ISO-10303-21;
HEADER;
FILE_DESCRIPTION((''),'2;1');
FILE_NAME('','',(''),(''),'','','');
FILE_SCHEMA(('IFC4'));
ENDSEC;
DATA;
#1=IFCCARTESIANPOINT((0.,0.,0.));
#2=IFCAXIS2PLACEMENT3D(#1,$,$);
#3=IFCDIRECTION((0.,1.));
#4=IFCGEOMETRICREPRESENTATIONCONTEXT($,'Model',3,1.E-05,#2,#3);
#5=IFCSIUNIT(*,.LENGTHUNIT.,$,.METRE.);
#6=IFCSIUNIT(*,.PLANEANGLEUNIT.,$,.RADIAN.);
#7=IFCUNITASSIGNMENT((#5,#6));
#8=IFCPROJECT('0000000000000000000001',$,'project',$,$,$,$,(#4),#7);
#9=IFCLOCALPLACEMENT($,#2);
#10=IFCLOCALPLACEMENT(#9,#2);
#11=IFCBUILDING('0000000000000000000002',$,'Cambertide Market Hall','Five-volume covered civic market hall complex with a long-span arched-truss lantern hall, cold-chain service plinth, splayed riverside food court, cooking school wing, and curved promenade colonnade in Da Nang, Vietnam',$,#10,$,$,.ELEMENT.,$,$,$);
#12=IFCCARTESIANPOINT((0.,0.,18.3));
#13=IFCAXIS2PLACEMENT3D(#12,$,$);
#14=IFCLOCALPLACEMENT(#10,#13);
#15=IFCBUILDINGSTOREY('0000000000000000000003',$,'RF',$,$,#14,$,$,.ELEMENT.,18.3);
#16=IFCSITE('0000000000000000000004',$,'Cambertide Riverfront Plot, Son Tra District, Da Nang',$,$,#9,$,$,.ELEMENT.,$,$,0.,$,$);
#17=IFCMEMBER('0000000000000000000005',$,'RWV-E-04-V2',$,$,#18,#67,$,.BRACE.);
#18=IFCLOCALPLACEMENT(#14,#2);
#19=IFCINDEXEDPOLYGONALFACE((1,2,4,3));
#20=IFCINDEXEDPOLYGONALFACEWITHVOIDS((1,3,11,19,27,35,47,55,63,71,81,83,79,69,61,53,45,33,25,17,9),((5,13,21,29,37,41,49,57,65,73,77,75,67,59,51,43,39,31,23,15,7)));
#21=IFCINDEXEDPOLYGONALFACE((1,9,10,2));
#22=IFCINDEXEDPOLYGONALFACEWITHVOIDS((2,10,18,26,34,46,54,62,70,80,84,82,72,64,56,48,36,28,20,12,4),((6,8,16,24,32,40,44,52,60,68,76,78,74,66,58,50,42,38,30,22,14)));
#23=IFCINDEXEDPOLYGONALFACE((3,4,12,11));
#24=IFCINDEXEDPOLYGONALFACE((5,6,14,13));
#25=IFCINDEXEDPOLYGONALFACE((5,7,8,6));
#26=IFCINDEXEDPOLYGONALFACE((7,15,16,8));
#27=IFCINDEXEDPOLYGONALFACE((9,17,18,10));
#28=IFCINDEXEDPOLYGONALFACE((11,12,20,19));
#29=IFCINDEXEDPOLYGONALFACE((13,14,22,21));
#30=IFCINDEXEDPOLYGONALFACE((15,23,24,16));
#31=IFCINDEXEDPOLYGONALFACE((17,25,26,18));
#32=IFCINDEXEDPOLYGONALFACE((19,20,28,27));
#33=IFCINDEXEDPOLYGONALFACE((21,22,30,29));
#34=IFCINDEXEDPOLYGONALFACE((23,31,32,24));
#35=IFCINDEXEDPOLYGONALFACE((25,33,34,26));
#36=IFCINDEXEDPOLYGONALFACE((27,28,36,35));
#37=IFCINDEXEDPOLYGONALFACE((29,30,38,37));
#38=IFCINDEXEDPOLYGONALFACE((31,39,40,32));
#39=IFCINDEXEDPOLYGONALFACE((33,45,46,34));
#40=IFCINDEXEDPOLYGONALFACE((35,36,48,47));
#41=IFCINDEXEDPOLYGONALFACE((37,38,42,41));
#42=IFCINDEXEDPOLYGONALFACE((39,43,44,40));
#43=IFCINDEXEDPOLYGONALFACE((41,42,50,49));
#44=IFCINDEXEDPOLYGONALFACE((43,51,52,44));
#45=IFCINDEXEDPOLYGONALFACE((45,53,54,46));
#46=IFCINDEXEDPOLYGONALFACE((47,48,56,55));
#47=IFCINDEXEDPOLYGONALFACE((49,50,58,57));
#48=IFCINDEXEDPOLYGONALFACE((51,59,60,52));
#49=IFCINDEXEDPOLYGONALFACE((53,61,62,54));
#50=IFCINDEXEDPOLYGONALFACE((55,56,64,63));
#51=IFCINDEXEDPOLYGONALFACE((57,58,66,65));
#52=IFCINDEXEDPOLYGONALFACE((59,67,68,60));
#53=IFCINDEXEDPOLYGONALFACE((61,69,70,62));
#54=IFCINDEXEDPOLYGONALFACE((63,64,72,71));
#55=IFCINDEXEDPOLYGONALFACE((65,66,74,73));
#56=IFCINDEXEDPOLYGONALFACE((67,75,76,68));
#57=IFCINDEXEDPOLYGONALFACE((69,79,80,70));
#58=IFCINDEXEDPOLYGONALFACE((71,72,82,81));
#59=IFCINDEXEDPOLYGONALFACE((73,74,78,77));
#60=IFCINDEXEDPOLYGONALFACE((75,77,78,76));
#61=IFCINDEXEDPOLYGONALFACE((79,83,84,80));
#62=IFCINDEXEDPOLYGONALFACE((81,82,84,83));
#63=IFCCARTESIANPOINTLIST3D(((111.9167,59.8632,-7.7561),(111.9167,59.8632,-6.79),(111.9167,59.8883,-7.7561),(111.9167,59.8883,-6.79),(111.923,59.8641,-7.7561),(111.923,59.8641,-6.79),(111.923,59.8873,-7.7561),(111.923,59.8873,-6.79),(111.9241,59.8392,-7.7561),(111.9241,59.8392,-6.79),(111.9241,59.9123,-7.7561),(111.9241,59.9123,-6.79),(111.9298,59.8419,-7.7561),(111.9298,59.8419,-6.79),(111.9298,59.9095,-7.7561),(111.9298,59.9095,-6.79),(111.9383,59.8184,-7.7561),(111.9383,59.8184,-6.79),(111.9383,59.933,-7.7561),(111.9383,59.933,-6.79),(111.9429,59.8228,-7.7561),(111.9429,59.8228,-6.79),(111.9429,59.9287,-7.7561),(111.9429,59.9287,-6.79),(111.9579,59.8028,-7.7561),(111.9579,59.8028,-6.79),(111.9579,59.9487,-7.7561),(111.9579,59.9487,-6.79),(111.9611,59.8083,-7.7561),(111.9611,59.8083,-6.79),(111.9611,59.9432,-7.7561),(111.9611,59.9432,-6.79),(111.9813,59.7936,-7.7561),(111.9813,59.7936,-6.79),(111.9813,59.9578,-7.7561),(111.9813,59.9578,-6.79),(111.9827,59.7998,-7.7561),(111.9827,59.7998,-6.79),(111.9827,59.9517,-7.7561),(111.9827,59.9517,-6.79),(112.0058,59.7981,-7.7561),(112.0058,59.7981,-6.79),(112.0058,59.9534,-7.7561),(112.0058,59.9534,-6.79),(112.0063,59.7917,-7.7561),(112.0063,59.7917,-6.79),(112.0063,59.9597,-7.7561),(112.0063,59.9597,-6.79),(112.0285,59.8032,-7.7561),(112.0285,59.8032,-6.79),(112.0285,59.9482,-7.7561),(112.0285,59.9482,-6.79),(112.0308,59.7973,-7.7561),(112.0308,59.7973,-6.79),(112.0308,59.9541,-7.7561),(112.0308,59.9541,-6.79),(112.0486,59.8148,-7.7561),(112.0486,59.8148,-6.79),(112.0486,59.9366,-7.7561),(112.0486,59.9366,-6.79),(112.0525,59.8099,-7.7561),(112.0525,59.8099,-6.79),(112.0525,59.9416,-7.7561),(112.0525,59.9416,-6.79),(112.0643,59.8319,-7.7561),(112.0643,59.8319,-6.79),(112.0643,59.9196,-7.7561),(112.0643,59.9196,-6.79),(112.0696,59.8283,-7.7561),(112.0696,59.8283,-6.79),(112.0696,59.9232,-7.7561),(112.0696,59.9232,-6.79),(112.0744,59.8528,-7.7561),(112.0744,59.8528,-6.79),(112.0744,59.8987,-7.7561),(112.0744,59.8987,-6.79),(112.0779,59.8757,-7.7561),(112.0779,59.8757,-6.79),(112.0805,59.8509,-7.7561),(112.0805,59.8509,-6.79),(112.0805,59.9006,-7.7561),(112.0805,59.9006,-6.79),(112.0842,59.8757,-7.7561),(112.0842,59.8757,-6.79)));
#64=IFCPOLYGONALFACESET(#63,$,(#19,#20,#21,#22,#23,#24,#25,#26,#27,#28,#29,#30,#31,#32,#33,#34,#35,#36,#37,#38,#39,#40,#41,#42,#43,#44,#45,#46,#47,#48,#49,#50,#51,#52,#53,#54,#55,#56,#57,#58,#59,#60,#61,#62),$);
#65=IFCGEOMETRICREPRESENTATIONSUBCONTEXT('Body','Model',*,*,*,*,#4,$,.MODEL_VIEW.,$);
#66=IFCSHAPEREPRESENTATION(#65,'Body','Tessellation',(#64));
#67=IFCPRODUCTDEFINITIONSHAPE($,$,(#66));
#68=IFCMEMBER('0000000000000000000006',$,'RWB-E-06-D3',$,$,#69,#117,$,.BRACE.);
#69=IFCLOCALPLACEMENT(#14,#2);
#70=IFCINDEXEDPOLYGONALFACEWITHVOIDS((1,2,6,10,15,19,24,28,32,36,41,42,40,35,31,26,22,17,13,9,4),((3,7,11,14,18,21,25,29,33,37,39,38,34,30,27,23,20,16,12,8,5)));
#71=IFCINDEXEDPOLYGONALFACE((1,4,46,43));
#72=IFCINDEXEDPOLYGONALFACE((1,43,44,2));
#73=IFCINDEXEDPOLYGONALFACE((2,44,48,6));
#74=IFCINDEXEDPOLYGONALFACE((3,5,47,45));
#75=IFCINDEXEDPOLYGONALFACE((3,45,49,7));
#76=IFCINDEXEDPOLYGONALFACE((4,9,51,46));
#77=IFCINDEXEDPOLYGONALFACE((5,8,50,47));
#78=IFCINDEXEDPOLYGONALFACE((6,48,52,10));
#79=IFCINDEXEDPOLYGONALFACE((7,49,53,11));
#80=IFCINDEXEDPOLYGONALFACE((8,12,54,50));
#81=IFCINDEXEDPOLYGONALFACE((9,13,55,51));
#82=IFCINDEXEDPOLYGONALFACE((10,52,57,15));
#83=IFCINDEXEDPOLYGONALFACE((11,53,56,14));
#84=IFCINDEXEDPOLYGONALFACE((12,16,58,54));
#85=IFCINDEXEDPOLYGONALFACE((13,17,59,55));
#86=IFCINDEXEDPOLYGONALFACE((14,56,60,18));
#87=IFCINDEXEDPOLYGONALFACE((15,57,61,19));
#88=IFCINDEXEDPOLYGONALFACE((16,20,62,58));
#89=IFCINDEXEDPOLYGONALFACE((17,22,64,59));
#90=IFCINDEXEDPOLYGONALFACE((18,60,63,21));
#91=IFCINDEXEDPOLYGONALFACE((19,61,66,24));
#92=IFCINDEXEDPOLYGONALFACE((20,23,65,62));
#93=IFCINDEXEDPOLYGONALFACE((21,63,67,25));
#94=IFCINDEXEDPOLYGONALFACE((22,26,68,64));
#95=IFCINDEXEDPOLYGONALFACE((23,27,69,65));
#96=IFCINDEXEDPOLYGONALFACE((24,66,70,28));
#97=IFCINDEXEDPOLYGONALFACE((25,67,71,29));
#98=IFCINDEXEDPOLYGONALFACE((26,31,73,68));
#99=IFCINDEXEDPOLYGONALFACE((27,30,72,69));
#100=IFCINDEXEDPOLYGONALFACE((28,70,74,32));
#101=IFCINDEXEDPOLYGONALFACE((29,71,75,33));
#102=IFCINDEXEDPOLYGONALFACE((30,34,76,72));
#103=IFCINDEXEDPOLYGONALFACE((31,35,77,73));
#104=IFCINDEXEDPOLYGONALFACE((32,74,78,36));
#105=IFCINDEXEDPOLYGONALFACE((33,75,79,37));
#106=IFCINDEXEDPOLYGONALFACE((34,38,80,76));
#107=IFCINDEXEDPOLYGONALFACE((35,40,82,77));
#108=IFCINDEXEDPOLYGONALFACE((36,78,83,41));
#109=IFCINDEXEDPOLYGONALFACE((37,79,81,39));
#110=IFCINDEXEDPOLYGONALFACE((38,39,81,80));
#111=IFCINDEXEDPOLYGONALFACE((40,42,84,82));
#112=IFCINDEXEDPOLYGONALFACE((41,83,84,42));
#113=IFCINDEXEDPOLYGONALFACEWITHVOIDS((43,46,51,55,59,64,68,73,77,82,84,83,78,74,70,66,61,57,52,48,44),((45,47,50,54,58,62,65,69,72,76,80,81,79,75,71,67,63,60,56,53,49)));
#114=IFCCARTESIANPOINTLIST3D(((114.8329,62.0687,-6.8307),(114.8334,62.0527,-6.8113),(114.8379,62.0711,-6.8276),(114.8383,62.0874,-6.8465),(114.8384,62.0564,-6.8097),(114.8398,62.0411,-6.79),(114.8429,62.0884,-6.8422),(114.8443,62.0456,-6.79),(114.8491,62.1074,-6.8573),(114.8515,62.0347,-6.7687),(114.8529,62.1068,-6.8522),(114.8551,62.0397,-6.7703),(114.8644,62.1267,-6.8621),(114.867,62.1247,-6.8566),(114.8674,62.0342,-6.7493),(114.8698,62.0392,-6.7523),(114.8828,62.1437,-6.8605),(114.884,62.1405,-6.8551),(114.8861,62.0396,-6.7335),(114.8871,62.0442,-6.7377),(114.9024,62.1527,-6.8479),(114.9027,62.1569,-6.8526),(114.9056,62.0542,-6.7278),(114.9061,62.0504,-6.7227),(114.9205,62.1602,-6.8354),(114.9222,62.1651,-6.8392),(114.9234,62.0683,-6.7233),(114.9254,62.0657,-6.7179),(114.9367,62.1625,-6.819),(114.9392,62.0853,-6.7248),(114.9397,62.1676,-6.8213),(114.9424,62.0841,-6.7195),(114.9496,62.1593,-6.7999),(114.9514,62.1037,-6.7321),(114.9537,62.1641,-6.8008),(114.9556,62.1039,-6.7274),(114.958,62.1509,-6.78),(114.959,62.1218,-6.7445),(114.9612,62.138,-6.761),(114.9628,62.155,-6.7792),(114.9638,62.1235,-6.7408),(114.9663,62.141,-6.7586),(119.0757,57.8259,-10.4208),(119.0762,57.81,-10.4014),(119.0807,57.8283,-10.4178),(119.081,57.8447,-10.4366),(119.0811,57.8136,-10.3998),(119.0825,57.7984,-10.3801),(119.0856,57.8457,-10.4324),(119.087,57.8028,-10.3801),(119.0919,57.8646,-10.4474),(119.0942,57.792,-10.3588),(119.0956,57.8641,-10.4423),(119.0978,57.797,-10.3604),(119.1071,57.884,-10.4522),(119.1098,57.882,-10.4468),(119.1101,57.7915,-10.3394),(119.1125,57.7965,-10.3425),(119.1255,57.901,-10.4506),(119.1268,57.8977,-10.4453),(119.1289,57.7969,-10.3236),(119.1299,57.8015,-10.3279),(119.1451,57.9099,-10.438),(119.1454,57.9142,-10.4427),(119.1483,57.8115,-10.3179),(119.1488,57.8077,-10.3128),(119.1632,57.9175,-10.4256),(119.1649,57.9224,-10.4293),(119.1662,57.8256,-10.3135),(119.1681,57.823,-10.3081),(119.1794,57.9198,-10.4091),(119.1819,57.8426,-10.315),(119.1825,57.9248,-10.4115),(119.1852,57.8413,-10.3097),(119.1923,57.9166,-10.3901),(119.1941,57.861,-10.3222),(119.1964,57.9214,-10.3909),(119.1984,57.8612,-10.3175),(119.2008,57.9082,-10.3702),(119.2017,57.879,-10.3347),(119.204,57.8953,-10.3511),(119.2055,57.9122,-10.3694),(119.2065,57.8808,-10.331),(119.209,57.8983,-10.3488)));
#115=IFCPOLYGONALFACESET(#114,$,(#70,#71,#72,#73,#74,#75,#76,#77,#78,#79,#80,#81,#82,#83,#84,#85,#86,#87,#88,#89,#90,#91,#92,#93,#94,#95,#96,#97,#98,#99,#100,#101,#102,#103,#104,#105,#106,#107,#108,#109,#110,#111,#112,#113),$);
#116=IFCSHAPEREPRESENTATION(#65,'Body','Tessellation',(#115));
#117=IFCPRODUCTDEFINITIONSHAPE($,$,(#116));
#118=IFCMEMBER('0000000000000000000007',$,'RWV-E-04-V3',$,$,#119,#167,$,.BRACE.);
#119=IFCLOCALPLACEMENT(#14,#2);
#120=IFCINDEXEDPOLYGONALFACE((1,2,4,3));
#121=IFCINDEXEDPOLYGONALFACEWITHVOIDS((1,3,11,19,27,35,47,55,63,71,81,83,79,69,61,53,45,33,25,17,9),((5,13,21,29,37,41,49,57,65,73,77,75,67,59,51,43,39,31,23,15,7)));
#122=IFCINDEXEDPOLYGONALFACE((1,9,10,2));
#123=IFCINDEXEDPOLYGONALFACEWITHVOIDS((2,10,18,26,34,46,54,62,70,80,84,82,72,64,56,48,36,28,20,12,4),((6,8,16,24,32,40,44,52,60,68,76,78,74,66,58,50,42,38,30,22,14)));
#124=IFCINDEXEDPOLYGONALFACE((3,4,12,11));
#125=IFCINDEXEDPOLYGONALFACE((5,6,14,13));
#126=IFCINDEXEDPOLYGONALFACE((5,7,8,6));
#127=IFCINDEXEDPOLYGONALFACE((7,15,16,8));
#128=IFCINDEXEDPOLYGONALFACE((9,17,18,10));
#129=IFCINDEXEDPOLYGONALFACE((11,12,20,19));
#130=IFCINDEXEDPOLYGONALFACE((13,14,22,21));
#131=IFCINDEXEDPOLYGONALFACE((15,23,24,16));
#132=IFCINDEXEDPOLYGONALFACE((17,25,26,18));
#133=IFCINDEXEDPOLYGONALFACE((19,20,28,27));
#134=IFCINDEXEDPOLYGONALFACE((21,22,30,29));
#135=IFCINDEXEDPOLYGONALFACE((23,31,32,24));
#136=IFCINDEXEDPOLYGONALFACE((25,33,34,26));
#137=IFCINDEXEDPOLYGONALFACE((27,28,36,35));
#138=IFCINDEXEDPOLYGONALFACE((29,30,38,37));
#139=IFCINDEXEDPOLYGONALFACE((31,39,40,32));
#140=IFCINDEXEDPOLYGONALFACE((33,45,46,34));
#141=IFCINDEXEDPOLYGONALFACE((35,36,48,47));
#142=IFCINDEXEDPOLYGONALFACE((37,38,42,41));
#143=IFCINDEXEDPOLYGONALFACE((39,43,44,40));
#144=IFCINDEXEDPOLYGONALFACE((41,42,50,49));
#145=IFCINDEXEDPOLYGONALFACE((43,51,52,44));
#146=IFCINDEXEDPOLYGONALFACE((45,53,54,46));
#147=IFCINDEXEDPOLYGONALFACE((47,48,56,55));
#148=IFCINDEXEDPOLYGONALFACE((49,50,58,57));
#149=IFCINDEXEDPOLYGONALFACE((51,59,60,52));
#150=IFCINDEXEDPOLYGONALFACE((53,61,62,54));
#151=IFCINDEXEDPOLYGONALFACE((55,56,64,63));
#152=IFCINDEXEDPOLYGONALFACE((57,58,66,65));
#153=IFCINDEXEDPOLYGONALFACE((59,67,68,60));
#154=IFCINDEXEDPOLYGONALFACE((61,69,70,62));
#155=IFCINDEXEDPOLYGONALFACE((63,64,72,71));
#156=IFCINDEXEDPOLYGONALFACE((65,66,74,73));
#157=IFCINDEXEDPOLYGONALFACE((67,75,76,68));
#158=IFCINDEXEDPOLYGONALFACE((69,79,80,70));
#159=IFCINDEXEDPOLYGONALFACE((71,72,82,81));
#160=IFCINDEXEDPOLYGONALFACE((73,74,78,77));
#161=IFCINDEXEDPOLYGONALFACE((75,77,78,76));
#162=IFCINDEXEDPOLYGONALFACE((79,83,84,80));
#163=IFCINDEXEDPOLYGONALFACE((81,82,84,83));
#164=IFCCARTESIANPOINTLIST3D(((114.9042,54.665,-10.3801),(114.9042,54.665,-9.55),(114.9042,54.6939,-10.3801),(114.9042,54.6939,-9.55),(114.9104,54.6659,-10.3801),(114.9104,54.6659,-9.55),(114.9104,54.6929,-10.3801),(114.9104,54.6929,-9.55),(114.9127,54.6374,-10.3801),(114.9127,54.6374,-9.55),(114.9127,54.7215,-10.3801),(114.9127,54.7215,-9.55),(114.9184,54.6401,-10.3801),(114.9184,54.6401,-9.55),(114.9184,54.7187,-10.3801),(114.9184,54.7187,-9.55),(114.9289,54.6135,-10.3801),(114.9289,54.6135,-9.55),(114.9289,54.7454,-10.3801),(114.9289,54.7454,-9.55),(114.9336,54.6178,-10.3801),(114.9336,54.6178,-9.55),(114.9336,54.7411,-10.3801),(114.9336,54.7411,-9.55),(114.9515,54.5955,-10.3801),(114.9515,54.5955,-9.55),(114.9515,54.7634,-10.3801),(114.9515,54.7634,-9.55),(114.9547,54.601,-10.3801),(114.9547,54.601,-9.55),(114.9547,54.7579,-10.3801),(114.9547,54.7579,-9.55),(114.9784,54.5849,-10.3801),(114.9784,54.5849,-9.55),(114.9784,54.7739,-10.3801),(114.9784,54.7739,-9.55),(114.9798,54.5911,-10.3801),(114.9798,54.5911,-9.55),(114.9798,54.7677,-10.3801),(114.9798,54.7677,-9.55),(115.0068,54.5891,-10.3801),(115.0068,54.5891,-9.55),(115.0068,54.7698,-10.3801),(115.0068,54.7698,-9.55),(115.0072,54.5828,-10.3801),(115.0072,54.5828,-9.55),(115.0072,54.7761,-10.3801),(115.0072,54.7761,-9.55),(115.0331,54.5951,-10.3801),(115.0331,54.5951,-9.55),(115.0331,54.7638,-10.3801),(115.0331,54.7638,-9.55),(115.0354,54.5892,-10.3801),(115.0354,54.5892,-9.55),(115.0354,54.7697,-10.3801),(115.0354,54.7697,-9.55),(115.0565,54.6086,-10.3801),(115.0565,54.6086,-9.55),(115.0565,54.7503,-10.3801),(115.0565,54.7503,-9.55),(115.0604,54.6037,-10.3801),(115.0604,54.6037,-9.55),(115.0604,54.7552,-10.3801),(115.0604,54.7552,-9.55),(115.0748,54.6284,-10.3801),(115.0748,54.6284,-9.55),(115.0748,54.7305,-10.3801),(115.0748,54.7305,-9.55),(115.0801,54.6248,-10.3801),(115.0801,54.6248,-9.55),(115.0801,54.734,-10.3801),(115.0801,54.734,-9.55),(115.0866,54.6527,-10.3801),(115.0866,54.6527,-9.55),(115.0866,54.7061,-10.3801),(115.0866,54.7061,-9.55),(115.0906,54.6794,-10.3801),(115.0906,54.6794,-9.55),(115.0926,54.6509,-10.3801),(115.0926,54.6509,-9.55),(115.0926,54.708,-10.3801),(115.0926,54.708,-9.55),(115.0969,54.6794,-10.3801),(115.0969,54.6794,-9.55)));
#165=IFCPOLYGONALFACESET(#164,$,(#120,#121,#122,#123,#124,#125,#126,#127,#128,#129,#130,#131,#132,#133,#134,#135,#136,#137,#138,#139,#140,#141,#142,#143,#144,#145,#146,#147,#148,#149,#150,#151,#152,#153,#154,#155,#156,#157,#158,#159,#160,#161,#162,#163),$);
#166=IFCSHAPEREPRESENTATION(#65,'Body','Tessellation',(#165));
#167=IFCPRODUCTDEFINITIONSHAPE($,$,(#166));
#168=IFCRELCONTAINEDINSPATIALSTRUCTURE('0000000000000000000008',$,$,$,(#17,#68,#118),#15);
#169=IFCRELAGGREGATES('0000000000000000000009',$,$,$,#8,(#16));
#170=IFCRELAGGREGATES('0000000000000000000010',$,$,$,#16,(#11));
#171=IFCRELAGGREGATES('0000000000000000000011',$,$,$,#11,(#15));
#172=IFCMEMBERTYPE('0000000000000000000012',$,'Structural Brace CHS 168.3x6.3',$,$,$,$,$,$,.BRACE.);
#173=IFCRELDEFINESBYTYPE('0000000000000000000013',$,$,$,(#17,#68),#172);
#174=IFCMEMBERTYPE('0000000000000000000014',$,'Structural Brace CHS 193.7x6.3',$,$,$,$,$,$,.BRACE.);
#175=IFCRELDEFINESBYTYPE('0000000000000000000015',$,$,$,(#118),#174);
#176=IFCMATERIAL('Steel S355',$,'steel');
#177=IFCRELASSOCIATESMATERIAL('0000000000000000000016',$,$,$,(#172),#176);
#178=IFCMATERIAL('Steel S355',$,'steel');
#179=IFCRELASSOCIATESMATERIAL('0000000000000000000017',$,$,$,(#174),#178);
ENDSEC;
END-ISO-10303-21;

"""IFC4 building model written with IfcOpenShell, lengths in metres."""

from ifc_helpers import new_model, si_unit, direction, frame, origin, origin_2d, place, context, subcontext, project, spatial, hollow_circle, extrude, material, material_profile, profile_set, type_object, element, save


model = new_model("IFC4")

# Units and contexts
model_context = context("Model", 3, precision=1e-05, world=origin(), true_north=direction((0.0, 1.0)))
body_context = subcontext(model_context, "Body", "Model", "MODEL_VIEW")
ifc_project = project(units=[si_unit("LENGTHUNIT", "METRE"), si_unit("PLANEANGLEUNIT", "RADIAN")], contexts=[model_context])

# Site, building, storey
site_placement = place(None, origin())
site = spatial("IfcSite", under=ifc_project, at=site_placement, Name="Cambertide Riverfront Plot, Son Tra District, Da Nang", CompositionType="ELEMENT", RefElevation=0.0)
building_placement = place(site_placement, origin())
building = spatial("IfcBuilding", under=site, at=building_placement, Name="Cambertide Market Hall", Description="Five-volume covered civic market hall complex with a long-span arched-truss lantern hall, cold-chain service plinth, splayed riverside food court, cooking school wing, and curved promenade colonnade in Da Nang, Vietnam", CompositionType="ELEMENT")
storey_placement = place(building_placement, frame((0.0, 0.0, 18.3)))
storey = spatial("IfcBuildingStorey", under=building, at=storey_placement, Name="RF", CompositionType="ELEMENT", Elevation=18.3)

# Members
ifc_material_1 = material(Name="Steel S355", Category="steel")
ifc_material_profile_1 = material_profile(ifc_material_1, hollow_circle(Radius=0.0842, WallThickness=0.0063, at=origin_2d()), Name="CHS 168.3x6.3")
ifc_profile_set_1 = profile_set([ifc_material_profile_1], Name="Steel S355")
member_type_1 = type_object("IfcMemberType", Name="Structural Brace CHS 168.3x6.3", PredefinedType="BRACE", material=ifc_profile_set_1)
member_1_placement = place(storey_placement, frame((112.0, 59.8757, -7.7561), z_axis=(0.0, 0.0, 1.0), x_axis=(1.0, 0.0, 0.0)))
element("IfcMember", 1, at=member_1_placement, inside=storey, type_object=member_type_1, Name="RWV-E-04-V2", PredefinedType="BRACE", context=body_context, shape_type="SweptSolid", body=[
    extrude(hollow_circle(Radius=0.0842, WallThickness=0.0063, at=origin_2d()), origin(), (0.0, 0.0, 1.0), 0.9661),
])
member_2_placement = place(storey_placement, frame((119.1421, 57.8579, -10.3801), z_axis=(-0.606782, 0.606782, 0.51345), x_axis=(-0.707107, -0.707107, 0.0)))
element("IfcMember", 2, at=member_2_placement, inside=storey, type_object=member_type_1, Name="RWB-E-06-D3", PredefinedType="BRACE", context=body_context, shape_type="SweptSolid", body=[
    extrude(hollow_circle(Radius=0.0842, WallThickness=0.0063, at=origin_2d()), origin(), (0.0, 0.0, 1.0), 6.9922),
])
ifc_material_2 = material(Name="Steel S355", Category="steel")
ifc_material_profile_2 = material_profile(ifc_material_2, hollow_circle(Radius=0.0969, WallThickness=0.0063, at=origin_2d()), Name="CHS 193.7x6.3")
ifc_profile_set_2 = profile_set([ifc_material_profile_2], Name="Steel S355")
member_type_2 = type_object("IfcMemberType", Name="Structural Brace CHS 193.7x6.3", PredefinedType="BRACE", material=ifc_profile_set_2)
for number, where, z_axis, x_axis, name in (
    (3, (115.0, 54.6794, -10.3801), (0.0, 0.0, 1.0), (1.0, 0.0, 0.0), "RWV-E-04-V3"),
):
    element("IfcMember", number, at=place(storey_placement, frame(where, z_axis=z_axis, x_axis=x_axis)), inside=storey, type_object=member_type_2, Name=name, PredefinedType="BRACE", context=body_context, shape_type="SweptSolid", body=[
        extrude(hollow_circle(Radius=0.0969, WallThickness=0.0063, at=origin_2d()), origin(), (0.0, 0.0, 1.0), 0.8301),
    ])

save(model, "model.ifc")
